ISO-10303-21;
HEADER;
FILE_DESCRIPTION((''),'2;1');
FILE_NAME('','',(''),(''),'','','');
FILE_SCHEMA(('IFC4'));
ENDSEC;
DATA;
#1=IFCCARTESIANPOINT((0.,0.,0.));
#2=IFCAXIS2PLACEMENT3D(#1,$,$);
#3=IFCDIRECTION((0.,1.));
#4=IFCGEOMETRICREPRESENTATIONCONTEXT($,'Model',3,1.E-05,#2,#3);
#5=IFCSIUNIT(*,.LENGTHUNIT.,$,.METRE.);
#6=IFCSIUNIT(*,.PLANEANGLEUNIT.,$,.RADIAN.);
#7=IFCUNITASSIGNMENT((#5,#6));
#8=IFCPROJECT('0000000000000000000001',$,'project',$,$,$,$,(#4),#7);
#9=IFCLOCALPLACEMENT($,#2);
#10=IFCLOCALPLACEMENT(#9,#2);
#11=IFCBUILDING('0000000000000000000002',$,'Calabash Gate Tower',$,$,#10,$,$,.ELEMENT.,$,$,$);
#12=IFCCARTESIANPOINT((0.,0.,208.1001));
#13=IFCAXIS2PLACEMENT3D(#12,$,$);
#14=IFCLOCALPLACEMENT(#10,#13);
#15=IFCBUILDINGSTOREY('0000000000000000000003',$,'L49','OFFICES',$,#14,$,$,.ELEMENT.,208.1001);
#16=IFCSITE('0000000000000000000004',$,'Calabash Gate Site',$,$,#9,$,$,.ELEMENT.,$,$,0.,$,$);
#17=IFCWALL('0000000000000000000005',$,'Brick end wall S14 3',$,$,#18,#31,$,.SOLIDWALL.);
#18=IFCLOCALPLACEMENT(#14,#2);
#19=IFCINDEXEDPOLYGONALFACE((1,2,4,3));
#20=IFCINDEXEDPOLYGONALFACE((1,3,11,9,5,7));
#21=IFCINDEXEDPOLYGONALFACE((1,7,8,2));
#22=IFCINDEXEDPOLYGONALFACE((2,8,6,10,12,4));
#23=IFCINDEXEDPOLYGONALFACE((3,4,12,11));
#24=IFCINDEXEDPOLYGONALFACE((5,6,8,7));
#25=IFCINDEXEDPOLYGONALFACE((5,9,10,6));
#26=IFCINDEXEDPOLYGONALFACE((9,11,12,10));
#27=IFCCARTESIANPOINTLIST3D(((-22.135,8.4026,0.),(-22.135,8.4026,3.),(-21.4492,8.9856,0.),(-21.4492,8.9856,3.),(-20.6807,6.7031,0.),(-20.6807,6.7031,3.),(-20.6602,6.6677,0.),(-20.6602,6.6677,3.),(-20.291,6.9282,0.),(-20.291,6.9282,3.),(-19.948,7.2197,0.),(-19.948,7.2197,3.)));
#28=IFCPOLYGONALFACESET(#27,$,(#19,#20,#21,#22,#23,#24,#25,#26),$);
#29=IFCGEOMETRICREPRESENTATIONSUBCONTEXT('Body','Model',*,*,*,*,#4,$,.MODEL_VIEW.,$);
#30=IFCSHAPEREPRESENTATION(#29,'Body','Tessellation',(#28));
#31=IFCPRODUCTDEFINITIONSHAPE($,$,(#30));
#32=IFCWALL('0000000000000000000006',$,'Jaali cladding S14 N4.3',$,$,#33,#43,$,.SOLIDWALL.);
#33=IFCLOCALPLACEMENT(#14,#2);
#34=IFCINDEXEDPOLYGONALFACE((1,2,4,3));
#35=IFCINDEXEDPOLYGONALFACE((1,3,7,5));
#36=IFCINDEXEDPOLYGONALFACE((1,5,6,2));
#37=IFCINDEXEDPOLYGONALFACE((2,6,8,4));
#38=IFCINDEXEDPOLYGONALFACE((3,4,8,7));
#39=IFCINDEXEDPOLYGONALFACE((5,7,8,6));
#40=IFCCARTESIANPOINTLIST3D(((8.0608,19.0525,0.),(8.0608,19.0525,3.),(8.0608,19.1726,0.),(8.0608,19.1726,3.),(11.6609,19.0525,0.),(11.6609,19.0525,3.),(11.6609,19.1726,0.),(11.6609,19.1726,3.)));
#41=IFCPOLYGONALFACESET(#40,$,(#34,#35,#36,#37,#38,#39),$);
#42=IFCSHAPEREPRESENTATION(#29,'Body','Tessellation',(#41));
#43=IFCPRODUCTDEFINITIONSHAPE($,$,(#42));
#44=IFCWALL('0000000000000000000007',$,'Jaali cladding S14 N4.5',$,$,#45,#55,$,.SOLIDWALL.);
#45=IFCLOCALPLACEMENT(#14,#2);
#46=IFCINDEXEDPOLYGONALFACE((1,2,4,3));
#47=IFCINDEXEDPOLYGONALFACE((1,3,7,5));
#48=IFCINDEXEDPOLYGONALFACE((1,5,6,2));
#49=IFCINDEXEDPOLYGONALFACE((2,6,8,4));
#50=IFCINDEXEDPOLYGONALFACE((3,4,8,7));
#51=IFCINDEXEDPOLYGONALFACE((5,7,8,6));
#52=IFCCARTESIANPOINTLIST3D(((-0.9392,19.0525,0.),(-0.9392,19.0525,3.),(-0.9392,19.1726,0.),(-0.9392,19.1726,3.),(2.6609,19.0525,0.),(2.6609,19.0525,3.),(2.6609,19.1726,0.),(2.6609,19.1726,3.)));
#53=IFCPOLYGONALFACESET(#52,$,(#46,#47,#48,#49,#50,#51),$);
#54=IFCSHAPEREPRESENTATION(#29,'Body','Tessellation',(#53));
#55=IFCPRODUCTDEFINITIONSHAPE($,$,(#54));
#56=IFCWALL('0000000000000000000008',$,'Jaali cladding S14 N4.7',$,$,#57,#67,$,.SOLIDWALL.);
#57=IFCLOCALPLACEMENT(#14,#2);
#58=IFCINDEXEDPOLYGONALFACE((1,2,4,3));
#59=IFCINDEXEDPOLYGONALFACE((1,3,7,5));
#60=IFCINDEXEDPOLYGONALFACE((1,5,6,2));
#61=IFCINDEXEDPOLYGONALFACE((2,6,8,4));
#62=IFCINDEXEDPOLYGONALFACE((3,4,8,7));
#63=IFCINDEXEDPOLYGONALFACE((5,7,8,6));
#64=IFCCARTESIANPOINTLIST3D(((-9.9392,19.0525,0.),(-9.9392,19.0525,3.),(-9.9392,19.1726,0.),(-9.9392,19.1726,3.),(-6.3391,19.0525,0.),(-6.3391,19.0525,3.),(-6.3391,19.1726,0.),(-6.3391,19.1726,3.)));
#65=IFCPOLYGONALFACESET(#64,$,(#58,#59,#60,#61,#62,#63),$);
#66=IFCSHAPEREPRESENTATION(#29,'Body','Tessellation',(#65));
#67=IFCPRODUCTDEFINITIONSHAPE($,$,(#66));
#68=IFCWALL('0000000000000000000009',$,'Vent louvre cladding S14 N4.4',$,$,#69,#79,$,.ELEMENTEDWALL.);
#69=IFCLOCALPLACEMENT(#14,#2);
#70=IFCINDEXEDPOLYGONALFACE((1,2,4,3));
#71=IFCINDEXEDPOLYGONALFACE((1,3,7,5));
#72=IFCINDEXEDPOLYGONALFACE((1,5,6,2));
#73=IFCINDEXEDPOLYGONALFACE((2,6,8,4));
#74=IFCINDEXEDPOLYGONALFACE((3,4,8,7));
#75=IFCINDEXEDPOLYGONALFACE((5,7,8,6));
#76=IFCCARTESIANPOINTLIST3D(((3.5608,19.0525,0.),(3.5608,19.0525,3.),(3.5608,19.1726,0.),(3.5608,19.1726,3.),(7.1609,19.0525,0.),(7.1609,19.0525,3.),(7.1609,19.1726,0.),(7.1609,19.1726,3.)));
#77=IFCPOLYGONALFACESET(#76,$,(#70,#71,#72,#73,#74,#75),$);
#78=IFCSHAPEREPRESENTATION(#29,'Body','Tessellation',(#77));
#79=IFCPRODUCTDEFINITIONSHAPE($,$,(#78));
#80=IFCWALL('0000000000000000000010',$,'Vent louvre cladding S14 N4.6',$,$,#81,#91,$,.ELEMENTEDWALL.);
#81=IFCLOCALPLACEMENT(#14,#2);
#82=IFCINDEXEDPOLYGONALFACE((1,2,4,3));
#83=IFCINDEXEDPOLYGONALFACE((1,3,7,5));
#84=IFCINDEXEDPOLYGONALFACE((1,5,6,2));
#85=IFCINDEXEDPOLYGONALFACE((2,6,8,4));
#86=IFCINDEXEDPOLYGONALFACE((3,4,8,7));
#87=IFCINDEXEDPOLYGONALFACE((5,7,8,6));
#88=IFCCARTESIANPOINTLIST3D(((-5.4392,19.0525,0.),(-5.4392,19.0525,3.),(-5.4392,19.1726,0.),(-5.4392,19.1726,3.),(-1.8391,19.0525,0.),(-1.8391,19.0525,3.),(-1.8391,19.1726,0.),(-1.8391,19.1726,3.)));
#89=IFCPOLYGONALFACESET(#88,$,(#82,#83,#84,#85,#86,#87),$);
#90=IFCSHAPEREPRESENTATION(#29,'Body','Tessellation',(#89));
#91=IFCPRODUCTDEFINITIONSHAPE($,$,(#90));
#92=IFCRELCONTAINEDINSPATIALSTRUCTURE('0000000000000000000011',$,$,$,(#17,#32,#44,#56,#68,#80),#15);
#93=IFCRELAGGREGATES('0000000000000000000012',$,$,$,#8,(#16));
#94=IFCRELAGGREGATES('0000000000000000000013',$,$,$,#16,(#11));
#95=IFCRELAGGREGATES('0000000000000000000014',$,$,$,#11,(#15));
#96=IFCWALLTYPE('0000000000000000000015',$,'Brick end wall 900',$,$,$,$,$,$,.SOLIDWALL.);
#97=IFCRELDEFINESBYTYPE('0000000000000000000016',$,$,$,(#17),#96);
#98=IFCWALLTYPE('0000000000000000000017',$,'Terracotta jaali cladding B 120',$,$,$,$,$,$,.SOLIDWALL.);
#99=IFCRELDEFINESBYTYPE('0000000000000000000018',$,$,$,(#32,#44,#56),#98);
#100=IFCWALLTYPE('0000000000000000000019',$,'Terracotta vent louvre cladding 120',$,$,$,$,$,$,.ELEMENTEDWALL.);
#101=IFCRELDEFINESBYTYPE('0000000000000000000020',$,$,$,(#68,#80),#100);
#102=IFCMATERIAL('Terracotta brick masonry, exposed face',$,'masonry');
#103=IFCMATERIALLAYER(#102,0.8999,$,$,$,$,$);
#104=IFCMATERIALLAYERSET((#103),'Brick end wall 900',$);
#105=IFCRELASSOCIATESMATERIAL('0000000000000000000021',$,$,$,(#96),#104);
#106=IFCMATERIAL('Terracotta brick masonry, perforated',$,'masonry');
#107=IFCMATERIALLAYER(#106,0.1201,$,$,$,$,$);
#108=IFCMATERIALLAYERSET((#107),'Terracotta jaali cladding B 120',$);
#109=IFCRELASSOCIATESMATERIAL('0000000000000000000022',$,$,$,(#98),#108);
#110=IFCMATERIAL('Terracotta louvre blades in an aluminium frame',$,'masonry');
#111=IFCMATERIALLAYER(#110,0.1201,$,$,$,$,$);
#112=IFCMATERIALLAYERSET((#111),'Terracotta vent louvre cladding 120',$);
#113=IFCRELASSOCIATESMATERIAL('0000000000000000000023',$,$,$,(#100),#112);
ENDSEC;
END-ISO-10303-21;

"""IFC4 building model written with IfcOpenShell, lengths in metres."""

from ifc_helpers import new_model, si_unit, direction, frame, origin, place, context, subcontext, project, spatial, polyline, outline, extrude, material, layer, layer_set, type_object, element, save


model = new_model("IFC4")

# Units and contexts
model_context = context("Model", 3, precision=1e-05, world=origin(), true_north=direction((0.0, 1.0)))
body_context = subcontext(model_context, "Body", "Model", "MODEL_VIEW")
ifc_project = project(units=[si_unit("LENGTHUNIT", "METRE"), si_unit("PLANEANGLEUNIT", "RADIAN")], contexts=[model_context])

# Site, building, storey
site_placement = place(None, origin())
site = spatial("IfcSite", under=ifc_project, at=site_placement, Name="Calabash Gate Site", CompositionType="ELEMENT", RefElevation=0.0)
building_placement = place(site_placement, origin())
building = spatial("IfcBuilding", under=site, at=building_placement, Name="Calabash Gate Tower", CompositionType="ELEMENT")
storey_placement = place(building_placement, frame((0.0, 0.0, 208.1001)))
storey = spatial("IfcBuildingStorey", under=building, at=storey_placement, Name="L49", Description="OFFICES", CompositionType="ELEMENT", Elevation=208.1001)

# Walls
ifc_material_1 = material(Name="Terracotta brick masonry, exposed face", Category="masonry")
ifc_layer_1 = layer(ifc_material_1, 0.8999)
ifc_layer_set_1 = layer_set([ifc_layer_1], Name="Brick end wall 900")
wall_type_1 = type_object("IfcWallType", Name="Brick end wall 900", PredefinedType="SOLIDWALL", material=ifc_layer_set_1)
wall_1_placement = place(storey_placement, origin())
element("IfcWall", 1, at=wall_1_placement, inside=storey, type_object=wall_type_1, Name="Brick end wall S14 3", PredefinedType="SOLIDWALL", context=body_context, shape_type="SweptSolid", body=[
    extrude(outline(polyline([(-19.948, 7.2197), (-21.4492, 8.9856), (-22.135, 8.4026), (-20.6602, 6.6677), (-20.6807, 6.7031), (-20.291, 6.9282), (-19.948, 7.2197)])), origin(), (0.0, 0.0, 1.0), 3.0),
])
ifc_material_2 = material(Name="Terracotta brick masonry, perforated", Category="masonry")
ifc_layer_2 = layer(ifc_material_2, 0.1201)
ifc_layer_set_2 = layer_set([ifc_layer_2], Name="Terracotta jaali cladding B 120")
wall_type_2 = type_object("IfcWallType", Name="Terracotta jaali cladding B 120", PredefinedType="SOLIDWALL", material=ifc_layer_set_2)
wall_2_placement = place(storey_placement, origin())
element("IfcWall", 2, at=wall_2_placement, inside=storey, type_object=wall_type_2, Name="Jaali cladding S14 N4.3", PredefinedType="SOLIDWALL", context=body_context, shape_type="SweptSolid", body=[
    extrude(outline(polyline([(8.0608, 19.1726), (8.0608, 19.0525), (11.6609, 19.0525), (11.6609, 19.1726), (8.0608, 19.1726)])), origin(), (0.0, 0.0, 1.0), 3.0),
])
wall_3_placement = place(storey_placement, origin())
element("IfcWall", 3, at=wall_3_placement, inside=storey, type_object=wall_type_2, Name="Jaali cladding S14 N4.5", PredefinedType="SOLIDWALL", context=body_context, shape_type="SweptSolid", body=[
    extrude(outline(polyline([(-0.9392, 19.1726), (-0.9392, 19.0525), (2.6609, 19.0525), (2.6609, 19.1726), (-0.9392, 19.1726)])), origin(), (0.0, 0.0, 1.0), 3.0),
])
wall_4_placement = place(storey_placement, origin())
element("IfcWall", 4, at=wall_4_placement, inside=storey, type_object=wall_type_2, Name="Jaali cladding S14 N4.7", PredefinedType="SOLIDWALL", context=body_context, shape_type="SweptSolid", body=[
    extrude(outline(polyline([(-9.9392, 19.1726), (-9.9392, 19.0525), (-6.3391, 19.0525), (-6.3391, 19.1726), (-9.9392, 19.1726)])), origin(), (0.0, 0.0, 1.0), 3.0),
])
ifc_material_3 = material(Name="Terracotta louvre blades in an aluminium frame", Category="masonry")
ifc_layer_3 = layer(ifc_material_3, 0.1201)
ifc_layer_set_3 = layer_set([ifc_layer_3], Name="Terracotta vent louvre cladding 120")
wall_type_3 = type_object("IfcWallType", Name="Terracotta vent louvre cladding 120", PredefinedType="ELEMENTEDWALL", material=ifc_layer_set_3)
wall_5_placement = place(storey_placement, origin())
element("IfcWall", 5, at=wall_5_placement, inside=storey, type_object=wall_type_3, Name="Vent louvre cladding S14 N4.4", PredefinedType="ELEMENTEDWALL", context=body_context, shape_type="SweptSolid", body=[
    extrude(outline(polyline([(3.5608, 19.1726), (3.5608, 19.0525), (7.1609, 19.0525), (7.1609, 19.1726), (3.5608, 19.1726)])), origin(), (0.0, 0.0, 1.0), 3.0),
])
wall_6_placement = place(storey_placement, origin())
element("IfcWall", 6, at=wall_6_placement, inside=storey, type_object=wall_type_3, Name="Vent louvre cladding S14 N4.6", PredefinedType="ELEMENTEDWALL", context=body_context, shape_type="SweptSolid", body=[
    extrude(outline(polyline([(-5.4392, 19.1726), (-5.4392, 19.0525), (-1.8391, 19.0525), (-1.8391, 19.1726), (-5.4392, 19.1726)])), origin(), (0.0, 0.0, 1.0), 3.0),
])

save(model, "model.ifc")
